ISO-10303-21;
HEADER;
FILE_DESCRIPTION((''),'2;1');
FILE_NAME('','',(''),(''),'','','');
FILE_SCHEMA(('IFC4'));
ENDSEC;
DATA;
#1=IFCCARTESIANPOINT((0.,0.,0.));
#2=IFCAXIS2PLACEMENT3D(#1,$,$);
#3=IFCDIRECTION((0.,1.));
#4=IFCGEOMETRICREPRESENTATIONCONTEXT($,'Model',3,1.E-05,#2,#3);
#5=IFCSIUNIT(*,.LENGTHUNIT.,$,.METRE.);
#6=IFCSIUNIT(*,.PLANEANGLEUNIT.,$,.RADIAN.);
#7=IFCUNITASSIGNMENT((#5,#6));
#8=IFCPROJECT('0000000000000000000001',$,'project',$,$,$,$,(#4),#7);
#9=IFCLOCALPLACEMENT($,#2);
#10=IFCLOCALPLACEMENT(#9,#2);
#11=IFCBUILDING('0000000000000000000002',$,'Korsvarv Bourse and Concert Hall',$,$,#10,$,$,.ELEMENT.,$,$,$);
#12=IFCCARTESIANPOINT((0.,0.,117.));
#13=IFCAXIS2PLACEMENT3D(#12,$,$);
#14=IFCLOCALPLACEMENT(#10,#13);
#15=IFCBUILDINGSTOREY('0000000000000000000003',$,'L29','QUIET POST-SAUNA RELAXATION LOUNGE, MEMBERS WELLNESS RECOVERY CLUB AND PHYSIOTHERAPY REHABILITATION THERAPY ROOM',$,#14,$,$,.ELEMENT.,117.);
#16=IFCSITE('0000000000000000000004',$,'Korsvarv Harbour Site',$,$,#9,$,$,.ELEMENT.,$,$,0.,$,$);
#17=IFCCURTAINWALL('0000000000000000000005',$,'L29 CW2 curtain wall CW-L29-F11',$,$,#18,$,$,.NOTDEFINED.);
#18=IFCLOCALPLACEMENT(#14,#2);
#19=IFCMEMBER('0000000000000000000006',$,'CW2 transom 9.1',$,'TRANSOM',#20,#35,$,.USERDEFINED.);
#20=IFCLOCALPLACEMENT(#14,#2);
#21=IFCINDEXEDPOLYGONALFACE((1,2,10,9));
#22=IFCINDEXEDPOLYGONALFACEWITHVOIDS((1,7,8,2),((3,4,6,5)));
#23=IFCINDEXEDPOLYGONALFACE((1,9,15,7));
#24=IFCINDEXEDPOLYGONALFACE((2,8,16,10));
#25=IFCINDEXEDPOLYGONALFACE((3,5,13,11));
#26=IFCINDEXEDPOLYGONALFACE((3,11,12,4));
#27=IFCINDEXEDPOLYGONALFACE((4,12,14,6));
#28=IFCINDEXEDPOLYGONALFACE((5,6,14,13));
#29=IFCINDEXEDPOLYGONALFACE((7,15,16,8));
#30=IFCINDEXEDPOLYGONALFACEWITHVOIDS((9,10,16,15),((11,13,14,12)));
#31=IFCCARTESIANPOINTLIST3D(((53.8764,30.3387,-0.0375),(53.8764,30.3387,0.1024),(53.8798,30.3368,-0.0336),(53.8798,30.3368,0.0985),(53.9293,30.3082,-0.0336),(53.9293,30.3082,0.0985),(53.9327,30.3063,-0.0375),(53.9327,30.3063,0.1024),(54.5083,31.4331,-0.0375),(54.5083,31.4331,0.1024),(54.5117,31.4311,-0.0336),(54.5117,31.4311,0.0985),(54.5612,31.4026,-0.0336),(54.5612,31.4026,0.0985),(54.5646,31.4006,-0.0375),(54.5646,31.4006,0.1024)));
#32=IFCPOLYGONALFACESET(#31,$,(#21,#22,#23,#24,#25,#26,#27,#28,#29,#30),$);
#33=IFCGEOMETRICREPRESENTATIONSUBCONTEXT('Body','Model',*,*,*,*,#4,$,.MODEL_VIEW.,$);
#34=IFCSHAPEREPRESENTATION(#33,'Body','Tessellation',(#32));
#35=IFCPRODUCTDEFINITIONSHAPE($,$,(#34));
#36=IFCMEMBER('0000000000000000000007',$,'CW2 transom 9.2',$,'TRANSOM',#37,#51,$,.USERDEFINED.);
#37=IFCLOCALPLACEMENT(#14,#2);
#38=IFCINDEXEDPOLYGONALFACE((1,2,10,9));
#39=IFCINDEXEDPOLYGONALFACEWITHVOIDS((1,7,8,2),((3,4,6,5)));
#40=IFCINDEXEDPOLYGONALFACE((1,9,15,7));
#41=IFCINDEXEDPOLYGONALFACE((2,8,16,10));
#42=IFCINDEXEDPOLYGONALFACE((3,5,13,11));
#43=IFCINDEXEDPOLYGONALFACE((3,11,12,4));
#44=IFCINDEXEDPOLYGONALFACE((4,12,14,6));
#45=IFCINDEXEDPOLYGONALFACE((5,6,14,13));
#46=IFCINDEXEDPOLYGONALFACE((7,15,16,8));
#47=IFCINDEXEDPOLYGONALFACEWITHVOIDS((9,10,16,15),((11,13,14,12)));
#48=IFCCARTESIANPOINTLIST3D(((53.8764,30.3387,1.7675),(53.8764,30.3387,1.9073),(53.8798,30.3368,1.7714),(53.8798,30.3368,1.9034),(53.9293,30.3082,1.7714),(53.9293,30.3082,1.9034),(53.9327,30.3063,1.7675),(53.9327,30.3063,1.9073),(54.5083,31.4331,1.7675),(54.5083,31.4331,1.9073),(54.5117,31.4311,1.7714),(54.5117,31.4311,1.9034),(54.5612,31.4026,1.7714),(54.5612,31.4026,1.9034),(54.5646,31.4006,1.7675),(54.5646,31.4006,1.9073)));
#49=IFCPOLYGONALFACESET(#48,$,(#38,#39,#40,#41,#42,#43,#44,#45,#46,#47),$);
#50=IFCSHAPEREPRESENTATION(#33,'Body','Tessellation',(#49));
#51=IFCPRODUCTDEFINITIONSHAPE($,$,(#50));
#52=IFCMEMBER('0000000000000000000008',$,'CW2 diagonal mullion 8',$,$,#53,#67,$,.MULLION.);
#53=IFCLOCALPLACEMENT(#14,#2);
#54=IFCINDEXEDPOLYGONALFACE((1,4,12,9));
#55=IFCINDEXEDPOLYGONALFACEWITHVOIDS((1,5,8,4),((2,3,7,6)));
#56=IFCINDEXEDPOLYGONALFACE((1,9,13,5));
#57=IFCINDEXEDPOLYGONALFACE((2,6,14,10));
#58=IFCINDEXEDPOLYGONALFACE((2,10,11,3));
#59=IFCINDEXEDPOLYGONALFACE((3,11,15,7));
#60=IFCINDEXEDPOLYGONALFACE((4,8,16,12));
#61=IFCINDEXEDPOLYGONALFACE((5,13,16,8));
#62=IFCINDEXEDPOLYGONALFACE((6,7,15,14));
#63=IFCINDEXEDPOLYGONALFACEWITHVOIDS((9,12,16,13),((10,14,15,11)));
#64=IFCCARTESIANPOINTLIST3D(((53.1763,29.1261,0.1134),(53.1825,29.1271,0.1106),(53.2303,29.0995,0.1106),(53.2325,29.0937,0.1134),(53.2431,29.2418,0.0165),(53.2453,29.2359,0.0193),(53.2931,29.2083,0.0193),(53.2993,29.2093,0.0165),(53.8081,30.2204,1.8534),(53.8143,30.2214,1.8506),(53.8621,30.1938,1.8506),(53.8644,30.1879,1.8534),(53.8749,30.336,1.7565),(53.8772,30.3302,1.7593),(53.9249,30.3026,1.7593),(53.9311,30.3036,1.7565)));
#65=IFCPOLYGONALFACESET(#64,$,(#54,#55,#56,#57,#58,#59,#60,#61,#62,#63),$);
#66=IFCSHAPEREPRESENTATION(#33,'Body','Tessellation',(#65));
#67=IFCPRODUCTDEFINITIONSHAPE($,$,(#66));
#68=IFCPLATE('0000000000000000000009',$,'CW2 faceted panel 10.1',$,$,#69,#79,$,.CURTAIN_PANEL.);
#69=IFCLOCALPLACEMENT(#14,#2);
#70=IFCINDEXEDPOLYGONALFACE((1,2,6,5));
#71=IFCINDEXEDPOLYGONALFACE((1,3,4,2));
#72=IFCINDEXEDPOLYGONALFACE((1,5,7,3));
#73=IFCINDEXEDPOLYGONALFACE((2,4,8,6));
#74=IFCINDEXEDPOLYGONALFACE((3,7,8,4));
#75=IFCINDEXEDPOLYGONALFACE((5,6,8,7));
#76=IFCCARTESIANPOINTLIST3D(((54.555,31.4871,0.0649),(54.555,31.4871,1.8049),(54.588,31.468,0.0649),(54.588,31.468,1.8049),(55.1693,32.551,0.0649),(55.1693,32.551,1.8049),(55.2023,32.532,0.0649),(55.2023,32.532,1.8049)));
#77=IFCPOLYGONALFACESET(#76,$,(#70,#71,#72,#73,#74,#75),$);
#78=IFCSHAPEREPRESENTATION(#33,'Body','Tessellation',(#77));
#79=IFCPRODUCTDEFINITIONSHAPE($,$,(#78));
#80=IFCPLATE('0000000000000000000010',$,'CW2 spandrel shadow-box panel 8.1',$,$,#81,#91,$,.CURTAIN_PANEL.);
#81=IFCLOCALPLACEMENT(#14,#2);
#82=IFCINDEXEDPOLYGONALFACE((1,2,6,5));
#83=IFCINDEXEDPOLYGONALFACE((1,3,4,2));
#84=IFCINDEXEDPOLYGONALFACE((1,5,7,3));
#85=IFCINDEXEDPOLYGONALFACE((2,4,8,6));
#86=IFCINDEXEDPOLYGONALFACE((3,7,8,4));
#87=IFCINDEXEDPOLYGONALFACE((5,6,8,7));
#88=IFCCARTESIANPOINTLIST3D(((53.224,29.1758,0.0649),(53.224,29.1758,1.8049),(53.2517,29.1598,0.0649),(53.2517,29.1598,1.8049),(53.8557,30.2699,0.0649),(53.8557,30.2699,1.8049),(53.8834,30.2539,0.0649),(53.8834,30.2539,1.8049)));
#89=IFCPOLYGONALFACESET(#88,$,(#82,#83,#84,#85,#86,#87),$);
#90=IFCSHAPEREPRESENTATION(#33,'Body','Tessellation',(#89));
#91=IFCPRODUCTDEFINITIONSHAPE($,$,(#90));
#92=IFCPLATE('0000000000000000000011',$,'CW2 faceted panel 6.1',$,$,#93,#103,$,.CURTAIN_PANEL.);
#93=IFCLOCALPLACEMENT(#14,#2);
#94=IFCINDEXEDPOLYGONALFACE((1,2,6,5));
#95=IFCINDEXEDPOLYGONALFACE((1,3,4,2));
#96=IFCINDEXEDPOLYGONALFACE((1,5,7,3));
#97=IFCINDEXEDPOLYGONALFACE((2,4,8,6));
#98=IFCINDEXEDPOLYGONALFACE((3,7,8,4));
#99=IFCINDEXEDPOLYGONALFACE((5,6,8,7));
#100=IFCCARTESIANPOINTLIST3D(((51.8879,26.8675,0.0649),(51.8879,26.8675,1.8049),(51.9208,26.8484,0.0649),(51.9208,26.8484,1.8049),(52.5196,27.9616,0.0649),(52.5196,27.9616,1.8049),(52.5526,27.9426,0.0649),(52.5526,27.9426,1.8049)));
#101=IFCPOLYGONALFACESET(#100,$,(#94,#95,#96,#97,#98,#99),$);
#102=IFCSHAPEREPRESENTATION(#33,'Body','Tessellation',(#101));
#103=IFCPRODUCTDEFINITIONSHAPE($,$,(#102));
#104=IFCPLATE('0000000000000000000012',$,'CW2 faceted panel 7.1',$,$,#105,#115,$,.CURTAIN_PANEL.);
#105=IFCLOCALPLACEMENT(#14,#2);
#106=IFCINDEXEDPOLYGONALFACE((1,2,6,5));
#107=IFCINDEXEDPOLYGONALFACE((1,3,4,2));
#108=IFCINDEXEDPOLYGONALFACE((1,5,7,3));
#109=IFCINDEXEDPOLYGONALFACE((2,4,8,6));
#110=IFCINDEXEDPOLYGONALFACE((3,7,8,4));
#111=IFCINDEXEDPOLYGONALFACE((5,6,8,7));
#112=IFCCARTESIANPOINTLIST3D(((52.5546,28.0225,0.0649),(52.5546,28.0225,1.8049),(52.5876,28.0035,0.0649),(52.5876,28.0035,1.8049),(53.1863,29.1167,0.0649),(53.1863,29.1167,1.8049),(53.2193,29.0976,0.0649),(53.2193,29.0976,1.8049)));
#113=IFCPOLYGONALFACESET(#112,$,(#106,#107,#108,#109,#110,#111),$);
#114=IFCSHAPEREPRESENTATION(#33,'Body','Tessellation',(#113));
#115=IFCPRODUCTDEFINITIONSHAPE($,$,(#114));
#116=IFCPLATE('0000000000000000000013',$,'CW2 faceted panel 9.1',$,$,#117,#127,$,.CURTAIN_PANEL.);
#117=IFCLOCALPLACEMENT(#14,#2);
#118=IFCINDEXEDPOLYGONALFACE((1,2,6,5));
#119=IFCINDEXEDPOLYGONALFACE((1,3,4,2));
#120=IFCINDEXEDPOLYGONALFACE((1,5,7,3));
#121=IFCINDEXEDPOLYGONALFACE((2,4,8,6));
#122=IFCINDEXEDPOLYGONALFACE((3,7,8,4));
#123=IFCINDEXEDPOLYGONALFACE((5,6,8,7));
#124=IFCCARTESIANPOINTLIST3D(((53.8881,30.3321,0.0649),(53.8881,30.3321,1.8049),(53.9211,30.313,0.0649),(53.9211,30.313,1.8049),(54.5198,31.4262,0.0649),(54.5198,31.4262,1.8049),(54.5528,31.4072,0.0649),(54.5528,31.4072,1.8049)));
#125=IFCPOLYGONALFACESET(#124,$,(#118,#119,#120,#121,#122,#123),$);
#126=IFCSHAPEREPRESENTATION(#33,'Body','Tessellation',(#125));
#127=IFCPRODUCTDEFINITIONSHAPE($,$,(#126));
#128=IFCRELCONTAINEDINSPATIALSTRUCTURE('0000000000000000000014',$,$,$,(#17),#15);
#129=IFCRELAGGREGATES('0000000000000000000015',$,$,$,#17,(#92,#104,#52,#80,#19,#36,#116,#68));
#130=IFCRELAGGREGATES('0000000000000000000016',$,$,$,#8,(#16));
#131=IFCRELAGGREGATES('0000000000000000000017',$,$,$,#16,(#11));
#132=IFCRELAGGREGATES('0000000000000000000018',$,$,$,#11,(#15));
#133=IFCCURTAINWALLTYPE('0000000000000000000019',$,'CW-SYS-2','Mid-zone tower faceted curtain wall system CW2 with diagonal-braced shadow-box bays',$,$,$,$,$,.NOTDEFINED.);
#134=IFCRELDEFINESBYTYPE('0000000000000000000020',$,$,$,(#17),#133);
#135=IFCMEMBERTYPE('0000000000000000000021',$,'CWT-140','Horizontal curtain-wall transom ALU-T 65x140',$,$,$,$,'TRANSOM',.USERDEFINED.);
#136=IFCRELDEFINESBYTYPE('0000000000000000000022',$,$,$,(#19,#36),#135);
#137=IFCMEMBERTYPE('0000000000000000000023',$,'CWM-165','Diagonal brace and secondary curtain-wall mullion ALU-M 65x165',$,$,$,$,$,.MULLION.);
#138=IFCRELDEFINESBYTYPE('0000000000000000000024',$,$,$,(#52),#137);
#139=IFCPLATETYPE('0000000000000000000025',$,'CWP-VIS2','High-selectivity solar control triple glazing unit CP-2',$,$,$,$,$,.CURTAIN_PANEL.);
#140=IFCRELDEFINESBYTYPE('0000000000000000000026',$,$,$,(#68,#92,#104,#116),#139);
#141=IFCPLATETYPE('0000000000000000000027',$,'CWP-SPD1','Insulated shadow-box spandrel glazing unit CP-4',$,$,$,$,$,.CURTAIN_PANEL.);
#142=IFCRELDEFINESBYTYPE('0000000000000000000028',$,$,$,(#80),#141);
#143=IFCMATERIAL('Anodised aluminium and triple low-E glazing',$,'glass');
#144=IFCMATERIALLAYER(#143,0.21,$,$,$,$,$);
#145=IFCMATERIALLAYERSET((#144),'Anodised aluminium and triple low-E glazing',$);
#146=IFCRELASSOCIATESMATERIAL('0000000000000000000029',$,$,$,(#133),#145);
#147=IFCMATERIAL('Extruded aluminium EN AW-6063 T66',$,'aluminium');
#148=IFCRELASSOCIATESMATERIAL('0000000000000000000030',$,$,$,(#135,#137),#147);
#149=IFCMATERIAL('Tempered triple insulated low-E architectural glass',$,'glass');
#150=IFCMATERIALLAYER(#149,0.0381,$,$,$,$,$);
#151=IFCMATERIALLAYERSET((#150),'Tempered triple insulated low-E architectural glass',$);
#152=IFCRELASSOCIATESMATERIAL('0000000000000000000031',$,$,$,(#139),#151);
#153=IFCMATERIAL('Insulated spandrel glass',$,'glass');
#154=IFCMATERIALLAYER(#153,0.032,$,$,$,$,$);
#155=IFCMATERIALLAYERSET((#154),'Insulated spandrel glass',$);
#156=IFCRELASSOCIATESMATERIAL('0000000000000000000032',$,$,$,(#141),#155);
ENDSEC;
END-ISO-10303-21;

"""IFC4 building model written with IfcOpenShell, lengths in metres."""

from ifc_helpers import new_model, si_unit, direction, frame, origin, origin_2d, place, context, subcontext, project, spatial, rectangle, hollow_rectangle, extrude, source, transform, mapped, material, layer, layer_set, material_profile, profile_set, type_object, element, aggregate, save


model = new_model("IFC4")

# Units and contexts
model_context = context("Model", 3, precision=1e-05, world=origin(), true_north=direction((0.0, 1.0)))
body_context = subcontext(model_context, "Body", "Model", "MODEL_VIEW")
ifc_project = project(units=[si_unit("LENGTHUNIT", "METRE"), si_unit("PLANEANGLEUNIT", "RADIAN")], contexts=[model_context])

# Site, building, storey
site_placement = place(None, origin())
site = spatial("IfcSite", under=ifc_project, at=site_placement, Name="Korsvarv Harbour Site", CompositionType="ELEMENT", RefElevation=0.0)
building_placement = place(site_placement, origin())
building = spatial("IfcBuilding", under=site, at=building_placement, Name="Korsvarv Bourse and Concert Hall", CompositionType="ELEMENT")
storey_placement = place(building_placement, frame((0.0, 0.0, 117.0)))
storey = spatial("IfcBuildingStorey", under=building, at=storey_placement, Name="L29", Description="QUIET POST-SAUNA RELAXATION LOUNGE, MEMBERS WELLNESS RECOVERY CLUB AND PHYSIOTHERAPY REHABILITATION THERAPY ROOM", CompositionType="ELEMENT", Elevation=117.0)

# Curtain wall, members, plates
ifc_material_1 = material(Name="Anodised aluminium and triple low-E glazing", Category="glass")
ifc_layer_1 = layer(ifc_material_1, 0.21)
ifc_layer_set_1 = layer_set([ifc_layer_1], Name="Anodised aluminium and triple low-E glazing")
curtain_wall_type = type_object("IfcCurtainWallType", Name="CW-SYS-2", Description="Mid-zone tower faceted curtain wall system CW2 with diagonal-braced shadow-box bays", PredefinedType="NOTDEFINED", material=ifc_layer_set_1)
curtain_wall_placement = place(storey_placement, origin())
curtain_wall = element("IfcCurtainWall", 1, at=curtain_wall_placement, inside=storey, type_object=curtain_wall_type, Name="L29 CW2 curtain wall CW-L29-F11", PredefinedType="NOTDEFINED")
ifc_material_2 = material(Name="Extruded aluminium EN AW-6063 T66", Category="aluminium")
ifc_material_profile_1 = material_profile(ifc_material_2, hollow_rectangle(XDim=0.0649, YDim=0.1399, WallThickness=0.0039, at=origin_2d()), Name="ALU-T 65x140")
ifc_profile_set_1 = profile_set([ifc_material_profile_1], Name="Extruded aluminium EN AW-6063 T66")
member_type_1 = type_object("IfcMemberType", Name="CWT-140", Description="Horizontal curtain-wall transom ALU-T 65x140", ElementType="TRANSOM", PredefinedType="USERDEFINED", material=ifc_profile_set_1)
shared_shape_1 = source(origin(), body_context, "Body", "SweptSolid", [
    extrude(hollow_rectangle(XDim=0.0649, YDim=0.1399, WallThickness=0.0039, at=origin_2d()), origin(), (0.0, 0.0, 1.0), 1.2637),
])
member_1_placement = place(storey_placement, frame((53.9045, 30.3225, 0.0325), z_axis=(0.500046, 0.865999, 0.0), x_axis=(-0.865999, 0.500046, 0.0)))
member_1 = element("IfcMember", 2, at=member_1_placement, type_object=member_type_1, Name="CW2 transom 9.1", ObjectType="TRANSOM", PredefinedType="USERDEFINED", context=body_context, shape_type="MappedRepresentation", body=[
    mapped(shared_shape_1, transform((0.0, 0.0, 0.0), scale=1.0)),
])
member_2_placement = place(storey_placement, frame((53.9045, 30.3225, 1.8374), z_axis=(0.500046, 0.865999, 0.0), x_axis=(-0.865999, 0.500046, 0.0)))
member_2 = element("IfcMember", 3, at=member_2_placement, type_object=member_type_1, Name="CW2 transom 9.2", ObjectType="TRANSOM", PredefinedType="USERDEFINED", context=body_context, shape_type="MappedRepresentation", body=[
    mapped(shared_shape_1, transform((0.0, 0.0, 0.0), scale=1.0)),
])
ifc_material_profile_2 = material_profile(ifc_material_2, hollow_rectangle(XDim=0.0649, YDim=0.165, WallThickness=0.0049, at=origin_2d()), Name="ALU-M 65x165")
ifc_profile_set_2 = profile_set([ifc_material_profile_2], Name="Extruded aluminium EN AW-6063 T66")
member_type_2 = type_object("IfcMemberType", Name="CWM-165", Description="Diagonal brace and secondary curtain-wall mullion ALU-M 65x165", PredefinedType="MULLION", material=ifc_profile_set_2)
shared_shape_2 = source(origin(), body_context, "Body", "SweptSolid", [
    extrude(hollow_rectangle(XDim=0.0649, YDim=0.165, WallThickness=0.0049, at=origin_2d()), origin(), (0.0, 0.0, 1.0), 2.1504),
])
member_3_placement = place(storey_placement, frame((53.2378, 29.1677, 0.0649), z_axis=(0.293825, 0.508858, 0.809154), x_axis=(-0.865999, 0.500046, 0.0)))
member_3 = element("IfcMember", 4, at=member_3_placement, type_object=member_type_2, Name="CW2 diagonal mullion 8", PredefinedType="MULLION", context=body_context, shape_type="MappedRepresentation", body=[
    mapped(shared_shape_2, transform((0.0, 0.0, 0.0), scale=1.0)),
])
ifc_material_3 = material(Name="Tempered triple insulated low-E architectural glass", Category="glass")
ifc_layer_2 = layer(ifc_material_3, 0.0381)
ifc_layer_set_2 = layer_set([ifc_layer_2], Name="Tempered triple insulated low-E architectural glass")
plate_type_1 = type_object("IfcPlateType", Name="CWP-VIS2", Description="High-selectivity solar control triple glazing unit CP-2", PredefinedType="CURTAIN_PANEL", material=ifc_layer_set_2)
shared_shape_3 = source(origin(), body_context, "Body", "SweptSolid", [
    extrude(rectangle(XDim=1.2285, YDim=0.0381, at=origin_2d()), origin(), (0.0, 0.0, 1.0), 1.74),
])
plate_1_placement = place(storey_placement, frame((54.8787, 32.0095, 0.0649), z_axis=(0.0, 0.0, 1.0), x_axis=(0.500006, 0.866022, 0.0)))
plate_1 = element("IfcPlate", 5, at=plate_1_placement, type_object=plate_type_1, Name="CW2 faceted panel 10.1", PredefinedType="CURTAIN_PANEL", context=body_context, shape_type="MappedRepresentation", body=[
    mapped(shared_shape_3, transform((0.0, 0.0, 0.0), scale=1.0)),
])
ifc_material_4 = material(Name="Insulated spandrel glass", Category="glass")
ifc_layer_3 = layer(ifc_material_4, 0.032)
ifc_layer_set_3 = layer_set([ifc_layer_3], Name="Insulated spandrel glass")
plate_type_2 = type_object("IfcPlateType", Name="CWP-SPD1", Description="Insulated shadow-box spandrel glazing unit CP-4", PredefinedType="CURTAIN_PANEL", material=ifc_layer_set_3)
shared_shape_4 = source(origin(), body_context, "Body", "SweptSolid", [
    extrude(rectangle(XDim=1.2634, YDim=0.032, at=origin_2d()), origin(), (0.0, 0.0, 1.0), 1.74),
])
plate_2_placement = place(storey_placement, frame((53.5537, 29.7148, 0.0649), z_axis=(0.0, 0.0, 1.0), x_axis=(0.500006, 0.866022, 0.0)))
plate_2 = element("IfcPlate", 6, at=plate_2_placement, type_object=plate_type_2, Name="CW2 spandrel shadow-box panel 8.1", PredefinedType="CURTAIN_PANEL", context=body_context, shape_type="MappedRepresentation", body=[
    mapped(shared_shape_4, transform((0.0, 0.0, 0.0), scale=1.0)),
])
shared_shape_5 = source(origin(), body_context, "Body", "SweptSolid", [
    extrude(rectangle(XDim=1.2634, YDim=0.0381, at=origin_2d()), origin(), (0.0, 0.0, 1.0), 1.74),
])
plate_3_placement = place(storey_placement, frame((52.2202, 27.405, 0.0649), z_axis=(0.0, 0.0, 1.0), x_axis=(0.500006, 0.866022, 0.0)))
plate_3 = element("IfcPlate", 7, at=plate_3_placement, type_object=plate_type_1, Name="CW2 faceted panel 6.1", PredefinedType="CURTAIN_PANEL", context=body_context, shape_type="MappedRepresentation", body=[
    mapped(shared_shape_5, transform((0.0, 0.0, 0.0), scale=1.0)),
])
plate_4_placement = place(storey_placement, frame((52.887, 28.5601, 0.0649), z_axis=(0.0, 0.0, 1.0), x_axis=(0.500006, 0.866022, 0.0)))
plate_4 = element("IfcPlate", 8, at=plate_4_placement, type_object=plate_type_1, Name="CW2 faceted panel 7.1", PredefinedType="CURTAIN_PANEL", context=body_context, shape_type="MappedRepresentation", body=[
    mapped(shared_shape_5, transform((0.0, 0.0, 0.0), scale=1.0)),
])
plate_5_placement = place(storey_placement, frame((54.2205, 30.8696, 0.0649), z_axis=(0.0, 0.0, 1.0), x_axis=(0.500006, 0.866022, 0.0)))
plate_5 = element("IfcPlate", 9, at=plate_5_placement, type_object=plate_type_1, Name="CW2 faceted panel 9.1", PredefinedType="CURTAIN_PANEL", context=body_context, shape_type="MappedRepresentation", body=[
    mapped(shared_shape_5, transform((0.0, 0.0, 0.0), scale=1.0)),
])
aggregate(curtain_wall, [plate_3, plate_4, member_3, plate_2, member_1, member_2, plate_5, plate_1])

save(model, "model.ifc")
